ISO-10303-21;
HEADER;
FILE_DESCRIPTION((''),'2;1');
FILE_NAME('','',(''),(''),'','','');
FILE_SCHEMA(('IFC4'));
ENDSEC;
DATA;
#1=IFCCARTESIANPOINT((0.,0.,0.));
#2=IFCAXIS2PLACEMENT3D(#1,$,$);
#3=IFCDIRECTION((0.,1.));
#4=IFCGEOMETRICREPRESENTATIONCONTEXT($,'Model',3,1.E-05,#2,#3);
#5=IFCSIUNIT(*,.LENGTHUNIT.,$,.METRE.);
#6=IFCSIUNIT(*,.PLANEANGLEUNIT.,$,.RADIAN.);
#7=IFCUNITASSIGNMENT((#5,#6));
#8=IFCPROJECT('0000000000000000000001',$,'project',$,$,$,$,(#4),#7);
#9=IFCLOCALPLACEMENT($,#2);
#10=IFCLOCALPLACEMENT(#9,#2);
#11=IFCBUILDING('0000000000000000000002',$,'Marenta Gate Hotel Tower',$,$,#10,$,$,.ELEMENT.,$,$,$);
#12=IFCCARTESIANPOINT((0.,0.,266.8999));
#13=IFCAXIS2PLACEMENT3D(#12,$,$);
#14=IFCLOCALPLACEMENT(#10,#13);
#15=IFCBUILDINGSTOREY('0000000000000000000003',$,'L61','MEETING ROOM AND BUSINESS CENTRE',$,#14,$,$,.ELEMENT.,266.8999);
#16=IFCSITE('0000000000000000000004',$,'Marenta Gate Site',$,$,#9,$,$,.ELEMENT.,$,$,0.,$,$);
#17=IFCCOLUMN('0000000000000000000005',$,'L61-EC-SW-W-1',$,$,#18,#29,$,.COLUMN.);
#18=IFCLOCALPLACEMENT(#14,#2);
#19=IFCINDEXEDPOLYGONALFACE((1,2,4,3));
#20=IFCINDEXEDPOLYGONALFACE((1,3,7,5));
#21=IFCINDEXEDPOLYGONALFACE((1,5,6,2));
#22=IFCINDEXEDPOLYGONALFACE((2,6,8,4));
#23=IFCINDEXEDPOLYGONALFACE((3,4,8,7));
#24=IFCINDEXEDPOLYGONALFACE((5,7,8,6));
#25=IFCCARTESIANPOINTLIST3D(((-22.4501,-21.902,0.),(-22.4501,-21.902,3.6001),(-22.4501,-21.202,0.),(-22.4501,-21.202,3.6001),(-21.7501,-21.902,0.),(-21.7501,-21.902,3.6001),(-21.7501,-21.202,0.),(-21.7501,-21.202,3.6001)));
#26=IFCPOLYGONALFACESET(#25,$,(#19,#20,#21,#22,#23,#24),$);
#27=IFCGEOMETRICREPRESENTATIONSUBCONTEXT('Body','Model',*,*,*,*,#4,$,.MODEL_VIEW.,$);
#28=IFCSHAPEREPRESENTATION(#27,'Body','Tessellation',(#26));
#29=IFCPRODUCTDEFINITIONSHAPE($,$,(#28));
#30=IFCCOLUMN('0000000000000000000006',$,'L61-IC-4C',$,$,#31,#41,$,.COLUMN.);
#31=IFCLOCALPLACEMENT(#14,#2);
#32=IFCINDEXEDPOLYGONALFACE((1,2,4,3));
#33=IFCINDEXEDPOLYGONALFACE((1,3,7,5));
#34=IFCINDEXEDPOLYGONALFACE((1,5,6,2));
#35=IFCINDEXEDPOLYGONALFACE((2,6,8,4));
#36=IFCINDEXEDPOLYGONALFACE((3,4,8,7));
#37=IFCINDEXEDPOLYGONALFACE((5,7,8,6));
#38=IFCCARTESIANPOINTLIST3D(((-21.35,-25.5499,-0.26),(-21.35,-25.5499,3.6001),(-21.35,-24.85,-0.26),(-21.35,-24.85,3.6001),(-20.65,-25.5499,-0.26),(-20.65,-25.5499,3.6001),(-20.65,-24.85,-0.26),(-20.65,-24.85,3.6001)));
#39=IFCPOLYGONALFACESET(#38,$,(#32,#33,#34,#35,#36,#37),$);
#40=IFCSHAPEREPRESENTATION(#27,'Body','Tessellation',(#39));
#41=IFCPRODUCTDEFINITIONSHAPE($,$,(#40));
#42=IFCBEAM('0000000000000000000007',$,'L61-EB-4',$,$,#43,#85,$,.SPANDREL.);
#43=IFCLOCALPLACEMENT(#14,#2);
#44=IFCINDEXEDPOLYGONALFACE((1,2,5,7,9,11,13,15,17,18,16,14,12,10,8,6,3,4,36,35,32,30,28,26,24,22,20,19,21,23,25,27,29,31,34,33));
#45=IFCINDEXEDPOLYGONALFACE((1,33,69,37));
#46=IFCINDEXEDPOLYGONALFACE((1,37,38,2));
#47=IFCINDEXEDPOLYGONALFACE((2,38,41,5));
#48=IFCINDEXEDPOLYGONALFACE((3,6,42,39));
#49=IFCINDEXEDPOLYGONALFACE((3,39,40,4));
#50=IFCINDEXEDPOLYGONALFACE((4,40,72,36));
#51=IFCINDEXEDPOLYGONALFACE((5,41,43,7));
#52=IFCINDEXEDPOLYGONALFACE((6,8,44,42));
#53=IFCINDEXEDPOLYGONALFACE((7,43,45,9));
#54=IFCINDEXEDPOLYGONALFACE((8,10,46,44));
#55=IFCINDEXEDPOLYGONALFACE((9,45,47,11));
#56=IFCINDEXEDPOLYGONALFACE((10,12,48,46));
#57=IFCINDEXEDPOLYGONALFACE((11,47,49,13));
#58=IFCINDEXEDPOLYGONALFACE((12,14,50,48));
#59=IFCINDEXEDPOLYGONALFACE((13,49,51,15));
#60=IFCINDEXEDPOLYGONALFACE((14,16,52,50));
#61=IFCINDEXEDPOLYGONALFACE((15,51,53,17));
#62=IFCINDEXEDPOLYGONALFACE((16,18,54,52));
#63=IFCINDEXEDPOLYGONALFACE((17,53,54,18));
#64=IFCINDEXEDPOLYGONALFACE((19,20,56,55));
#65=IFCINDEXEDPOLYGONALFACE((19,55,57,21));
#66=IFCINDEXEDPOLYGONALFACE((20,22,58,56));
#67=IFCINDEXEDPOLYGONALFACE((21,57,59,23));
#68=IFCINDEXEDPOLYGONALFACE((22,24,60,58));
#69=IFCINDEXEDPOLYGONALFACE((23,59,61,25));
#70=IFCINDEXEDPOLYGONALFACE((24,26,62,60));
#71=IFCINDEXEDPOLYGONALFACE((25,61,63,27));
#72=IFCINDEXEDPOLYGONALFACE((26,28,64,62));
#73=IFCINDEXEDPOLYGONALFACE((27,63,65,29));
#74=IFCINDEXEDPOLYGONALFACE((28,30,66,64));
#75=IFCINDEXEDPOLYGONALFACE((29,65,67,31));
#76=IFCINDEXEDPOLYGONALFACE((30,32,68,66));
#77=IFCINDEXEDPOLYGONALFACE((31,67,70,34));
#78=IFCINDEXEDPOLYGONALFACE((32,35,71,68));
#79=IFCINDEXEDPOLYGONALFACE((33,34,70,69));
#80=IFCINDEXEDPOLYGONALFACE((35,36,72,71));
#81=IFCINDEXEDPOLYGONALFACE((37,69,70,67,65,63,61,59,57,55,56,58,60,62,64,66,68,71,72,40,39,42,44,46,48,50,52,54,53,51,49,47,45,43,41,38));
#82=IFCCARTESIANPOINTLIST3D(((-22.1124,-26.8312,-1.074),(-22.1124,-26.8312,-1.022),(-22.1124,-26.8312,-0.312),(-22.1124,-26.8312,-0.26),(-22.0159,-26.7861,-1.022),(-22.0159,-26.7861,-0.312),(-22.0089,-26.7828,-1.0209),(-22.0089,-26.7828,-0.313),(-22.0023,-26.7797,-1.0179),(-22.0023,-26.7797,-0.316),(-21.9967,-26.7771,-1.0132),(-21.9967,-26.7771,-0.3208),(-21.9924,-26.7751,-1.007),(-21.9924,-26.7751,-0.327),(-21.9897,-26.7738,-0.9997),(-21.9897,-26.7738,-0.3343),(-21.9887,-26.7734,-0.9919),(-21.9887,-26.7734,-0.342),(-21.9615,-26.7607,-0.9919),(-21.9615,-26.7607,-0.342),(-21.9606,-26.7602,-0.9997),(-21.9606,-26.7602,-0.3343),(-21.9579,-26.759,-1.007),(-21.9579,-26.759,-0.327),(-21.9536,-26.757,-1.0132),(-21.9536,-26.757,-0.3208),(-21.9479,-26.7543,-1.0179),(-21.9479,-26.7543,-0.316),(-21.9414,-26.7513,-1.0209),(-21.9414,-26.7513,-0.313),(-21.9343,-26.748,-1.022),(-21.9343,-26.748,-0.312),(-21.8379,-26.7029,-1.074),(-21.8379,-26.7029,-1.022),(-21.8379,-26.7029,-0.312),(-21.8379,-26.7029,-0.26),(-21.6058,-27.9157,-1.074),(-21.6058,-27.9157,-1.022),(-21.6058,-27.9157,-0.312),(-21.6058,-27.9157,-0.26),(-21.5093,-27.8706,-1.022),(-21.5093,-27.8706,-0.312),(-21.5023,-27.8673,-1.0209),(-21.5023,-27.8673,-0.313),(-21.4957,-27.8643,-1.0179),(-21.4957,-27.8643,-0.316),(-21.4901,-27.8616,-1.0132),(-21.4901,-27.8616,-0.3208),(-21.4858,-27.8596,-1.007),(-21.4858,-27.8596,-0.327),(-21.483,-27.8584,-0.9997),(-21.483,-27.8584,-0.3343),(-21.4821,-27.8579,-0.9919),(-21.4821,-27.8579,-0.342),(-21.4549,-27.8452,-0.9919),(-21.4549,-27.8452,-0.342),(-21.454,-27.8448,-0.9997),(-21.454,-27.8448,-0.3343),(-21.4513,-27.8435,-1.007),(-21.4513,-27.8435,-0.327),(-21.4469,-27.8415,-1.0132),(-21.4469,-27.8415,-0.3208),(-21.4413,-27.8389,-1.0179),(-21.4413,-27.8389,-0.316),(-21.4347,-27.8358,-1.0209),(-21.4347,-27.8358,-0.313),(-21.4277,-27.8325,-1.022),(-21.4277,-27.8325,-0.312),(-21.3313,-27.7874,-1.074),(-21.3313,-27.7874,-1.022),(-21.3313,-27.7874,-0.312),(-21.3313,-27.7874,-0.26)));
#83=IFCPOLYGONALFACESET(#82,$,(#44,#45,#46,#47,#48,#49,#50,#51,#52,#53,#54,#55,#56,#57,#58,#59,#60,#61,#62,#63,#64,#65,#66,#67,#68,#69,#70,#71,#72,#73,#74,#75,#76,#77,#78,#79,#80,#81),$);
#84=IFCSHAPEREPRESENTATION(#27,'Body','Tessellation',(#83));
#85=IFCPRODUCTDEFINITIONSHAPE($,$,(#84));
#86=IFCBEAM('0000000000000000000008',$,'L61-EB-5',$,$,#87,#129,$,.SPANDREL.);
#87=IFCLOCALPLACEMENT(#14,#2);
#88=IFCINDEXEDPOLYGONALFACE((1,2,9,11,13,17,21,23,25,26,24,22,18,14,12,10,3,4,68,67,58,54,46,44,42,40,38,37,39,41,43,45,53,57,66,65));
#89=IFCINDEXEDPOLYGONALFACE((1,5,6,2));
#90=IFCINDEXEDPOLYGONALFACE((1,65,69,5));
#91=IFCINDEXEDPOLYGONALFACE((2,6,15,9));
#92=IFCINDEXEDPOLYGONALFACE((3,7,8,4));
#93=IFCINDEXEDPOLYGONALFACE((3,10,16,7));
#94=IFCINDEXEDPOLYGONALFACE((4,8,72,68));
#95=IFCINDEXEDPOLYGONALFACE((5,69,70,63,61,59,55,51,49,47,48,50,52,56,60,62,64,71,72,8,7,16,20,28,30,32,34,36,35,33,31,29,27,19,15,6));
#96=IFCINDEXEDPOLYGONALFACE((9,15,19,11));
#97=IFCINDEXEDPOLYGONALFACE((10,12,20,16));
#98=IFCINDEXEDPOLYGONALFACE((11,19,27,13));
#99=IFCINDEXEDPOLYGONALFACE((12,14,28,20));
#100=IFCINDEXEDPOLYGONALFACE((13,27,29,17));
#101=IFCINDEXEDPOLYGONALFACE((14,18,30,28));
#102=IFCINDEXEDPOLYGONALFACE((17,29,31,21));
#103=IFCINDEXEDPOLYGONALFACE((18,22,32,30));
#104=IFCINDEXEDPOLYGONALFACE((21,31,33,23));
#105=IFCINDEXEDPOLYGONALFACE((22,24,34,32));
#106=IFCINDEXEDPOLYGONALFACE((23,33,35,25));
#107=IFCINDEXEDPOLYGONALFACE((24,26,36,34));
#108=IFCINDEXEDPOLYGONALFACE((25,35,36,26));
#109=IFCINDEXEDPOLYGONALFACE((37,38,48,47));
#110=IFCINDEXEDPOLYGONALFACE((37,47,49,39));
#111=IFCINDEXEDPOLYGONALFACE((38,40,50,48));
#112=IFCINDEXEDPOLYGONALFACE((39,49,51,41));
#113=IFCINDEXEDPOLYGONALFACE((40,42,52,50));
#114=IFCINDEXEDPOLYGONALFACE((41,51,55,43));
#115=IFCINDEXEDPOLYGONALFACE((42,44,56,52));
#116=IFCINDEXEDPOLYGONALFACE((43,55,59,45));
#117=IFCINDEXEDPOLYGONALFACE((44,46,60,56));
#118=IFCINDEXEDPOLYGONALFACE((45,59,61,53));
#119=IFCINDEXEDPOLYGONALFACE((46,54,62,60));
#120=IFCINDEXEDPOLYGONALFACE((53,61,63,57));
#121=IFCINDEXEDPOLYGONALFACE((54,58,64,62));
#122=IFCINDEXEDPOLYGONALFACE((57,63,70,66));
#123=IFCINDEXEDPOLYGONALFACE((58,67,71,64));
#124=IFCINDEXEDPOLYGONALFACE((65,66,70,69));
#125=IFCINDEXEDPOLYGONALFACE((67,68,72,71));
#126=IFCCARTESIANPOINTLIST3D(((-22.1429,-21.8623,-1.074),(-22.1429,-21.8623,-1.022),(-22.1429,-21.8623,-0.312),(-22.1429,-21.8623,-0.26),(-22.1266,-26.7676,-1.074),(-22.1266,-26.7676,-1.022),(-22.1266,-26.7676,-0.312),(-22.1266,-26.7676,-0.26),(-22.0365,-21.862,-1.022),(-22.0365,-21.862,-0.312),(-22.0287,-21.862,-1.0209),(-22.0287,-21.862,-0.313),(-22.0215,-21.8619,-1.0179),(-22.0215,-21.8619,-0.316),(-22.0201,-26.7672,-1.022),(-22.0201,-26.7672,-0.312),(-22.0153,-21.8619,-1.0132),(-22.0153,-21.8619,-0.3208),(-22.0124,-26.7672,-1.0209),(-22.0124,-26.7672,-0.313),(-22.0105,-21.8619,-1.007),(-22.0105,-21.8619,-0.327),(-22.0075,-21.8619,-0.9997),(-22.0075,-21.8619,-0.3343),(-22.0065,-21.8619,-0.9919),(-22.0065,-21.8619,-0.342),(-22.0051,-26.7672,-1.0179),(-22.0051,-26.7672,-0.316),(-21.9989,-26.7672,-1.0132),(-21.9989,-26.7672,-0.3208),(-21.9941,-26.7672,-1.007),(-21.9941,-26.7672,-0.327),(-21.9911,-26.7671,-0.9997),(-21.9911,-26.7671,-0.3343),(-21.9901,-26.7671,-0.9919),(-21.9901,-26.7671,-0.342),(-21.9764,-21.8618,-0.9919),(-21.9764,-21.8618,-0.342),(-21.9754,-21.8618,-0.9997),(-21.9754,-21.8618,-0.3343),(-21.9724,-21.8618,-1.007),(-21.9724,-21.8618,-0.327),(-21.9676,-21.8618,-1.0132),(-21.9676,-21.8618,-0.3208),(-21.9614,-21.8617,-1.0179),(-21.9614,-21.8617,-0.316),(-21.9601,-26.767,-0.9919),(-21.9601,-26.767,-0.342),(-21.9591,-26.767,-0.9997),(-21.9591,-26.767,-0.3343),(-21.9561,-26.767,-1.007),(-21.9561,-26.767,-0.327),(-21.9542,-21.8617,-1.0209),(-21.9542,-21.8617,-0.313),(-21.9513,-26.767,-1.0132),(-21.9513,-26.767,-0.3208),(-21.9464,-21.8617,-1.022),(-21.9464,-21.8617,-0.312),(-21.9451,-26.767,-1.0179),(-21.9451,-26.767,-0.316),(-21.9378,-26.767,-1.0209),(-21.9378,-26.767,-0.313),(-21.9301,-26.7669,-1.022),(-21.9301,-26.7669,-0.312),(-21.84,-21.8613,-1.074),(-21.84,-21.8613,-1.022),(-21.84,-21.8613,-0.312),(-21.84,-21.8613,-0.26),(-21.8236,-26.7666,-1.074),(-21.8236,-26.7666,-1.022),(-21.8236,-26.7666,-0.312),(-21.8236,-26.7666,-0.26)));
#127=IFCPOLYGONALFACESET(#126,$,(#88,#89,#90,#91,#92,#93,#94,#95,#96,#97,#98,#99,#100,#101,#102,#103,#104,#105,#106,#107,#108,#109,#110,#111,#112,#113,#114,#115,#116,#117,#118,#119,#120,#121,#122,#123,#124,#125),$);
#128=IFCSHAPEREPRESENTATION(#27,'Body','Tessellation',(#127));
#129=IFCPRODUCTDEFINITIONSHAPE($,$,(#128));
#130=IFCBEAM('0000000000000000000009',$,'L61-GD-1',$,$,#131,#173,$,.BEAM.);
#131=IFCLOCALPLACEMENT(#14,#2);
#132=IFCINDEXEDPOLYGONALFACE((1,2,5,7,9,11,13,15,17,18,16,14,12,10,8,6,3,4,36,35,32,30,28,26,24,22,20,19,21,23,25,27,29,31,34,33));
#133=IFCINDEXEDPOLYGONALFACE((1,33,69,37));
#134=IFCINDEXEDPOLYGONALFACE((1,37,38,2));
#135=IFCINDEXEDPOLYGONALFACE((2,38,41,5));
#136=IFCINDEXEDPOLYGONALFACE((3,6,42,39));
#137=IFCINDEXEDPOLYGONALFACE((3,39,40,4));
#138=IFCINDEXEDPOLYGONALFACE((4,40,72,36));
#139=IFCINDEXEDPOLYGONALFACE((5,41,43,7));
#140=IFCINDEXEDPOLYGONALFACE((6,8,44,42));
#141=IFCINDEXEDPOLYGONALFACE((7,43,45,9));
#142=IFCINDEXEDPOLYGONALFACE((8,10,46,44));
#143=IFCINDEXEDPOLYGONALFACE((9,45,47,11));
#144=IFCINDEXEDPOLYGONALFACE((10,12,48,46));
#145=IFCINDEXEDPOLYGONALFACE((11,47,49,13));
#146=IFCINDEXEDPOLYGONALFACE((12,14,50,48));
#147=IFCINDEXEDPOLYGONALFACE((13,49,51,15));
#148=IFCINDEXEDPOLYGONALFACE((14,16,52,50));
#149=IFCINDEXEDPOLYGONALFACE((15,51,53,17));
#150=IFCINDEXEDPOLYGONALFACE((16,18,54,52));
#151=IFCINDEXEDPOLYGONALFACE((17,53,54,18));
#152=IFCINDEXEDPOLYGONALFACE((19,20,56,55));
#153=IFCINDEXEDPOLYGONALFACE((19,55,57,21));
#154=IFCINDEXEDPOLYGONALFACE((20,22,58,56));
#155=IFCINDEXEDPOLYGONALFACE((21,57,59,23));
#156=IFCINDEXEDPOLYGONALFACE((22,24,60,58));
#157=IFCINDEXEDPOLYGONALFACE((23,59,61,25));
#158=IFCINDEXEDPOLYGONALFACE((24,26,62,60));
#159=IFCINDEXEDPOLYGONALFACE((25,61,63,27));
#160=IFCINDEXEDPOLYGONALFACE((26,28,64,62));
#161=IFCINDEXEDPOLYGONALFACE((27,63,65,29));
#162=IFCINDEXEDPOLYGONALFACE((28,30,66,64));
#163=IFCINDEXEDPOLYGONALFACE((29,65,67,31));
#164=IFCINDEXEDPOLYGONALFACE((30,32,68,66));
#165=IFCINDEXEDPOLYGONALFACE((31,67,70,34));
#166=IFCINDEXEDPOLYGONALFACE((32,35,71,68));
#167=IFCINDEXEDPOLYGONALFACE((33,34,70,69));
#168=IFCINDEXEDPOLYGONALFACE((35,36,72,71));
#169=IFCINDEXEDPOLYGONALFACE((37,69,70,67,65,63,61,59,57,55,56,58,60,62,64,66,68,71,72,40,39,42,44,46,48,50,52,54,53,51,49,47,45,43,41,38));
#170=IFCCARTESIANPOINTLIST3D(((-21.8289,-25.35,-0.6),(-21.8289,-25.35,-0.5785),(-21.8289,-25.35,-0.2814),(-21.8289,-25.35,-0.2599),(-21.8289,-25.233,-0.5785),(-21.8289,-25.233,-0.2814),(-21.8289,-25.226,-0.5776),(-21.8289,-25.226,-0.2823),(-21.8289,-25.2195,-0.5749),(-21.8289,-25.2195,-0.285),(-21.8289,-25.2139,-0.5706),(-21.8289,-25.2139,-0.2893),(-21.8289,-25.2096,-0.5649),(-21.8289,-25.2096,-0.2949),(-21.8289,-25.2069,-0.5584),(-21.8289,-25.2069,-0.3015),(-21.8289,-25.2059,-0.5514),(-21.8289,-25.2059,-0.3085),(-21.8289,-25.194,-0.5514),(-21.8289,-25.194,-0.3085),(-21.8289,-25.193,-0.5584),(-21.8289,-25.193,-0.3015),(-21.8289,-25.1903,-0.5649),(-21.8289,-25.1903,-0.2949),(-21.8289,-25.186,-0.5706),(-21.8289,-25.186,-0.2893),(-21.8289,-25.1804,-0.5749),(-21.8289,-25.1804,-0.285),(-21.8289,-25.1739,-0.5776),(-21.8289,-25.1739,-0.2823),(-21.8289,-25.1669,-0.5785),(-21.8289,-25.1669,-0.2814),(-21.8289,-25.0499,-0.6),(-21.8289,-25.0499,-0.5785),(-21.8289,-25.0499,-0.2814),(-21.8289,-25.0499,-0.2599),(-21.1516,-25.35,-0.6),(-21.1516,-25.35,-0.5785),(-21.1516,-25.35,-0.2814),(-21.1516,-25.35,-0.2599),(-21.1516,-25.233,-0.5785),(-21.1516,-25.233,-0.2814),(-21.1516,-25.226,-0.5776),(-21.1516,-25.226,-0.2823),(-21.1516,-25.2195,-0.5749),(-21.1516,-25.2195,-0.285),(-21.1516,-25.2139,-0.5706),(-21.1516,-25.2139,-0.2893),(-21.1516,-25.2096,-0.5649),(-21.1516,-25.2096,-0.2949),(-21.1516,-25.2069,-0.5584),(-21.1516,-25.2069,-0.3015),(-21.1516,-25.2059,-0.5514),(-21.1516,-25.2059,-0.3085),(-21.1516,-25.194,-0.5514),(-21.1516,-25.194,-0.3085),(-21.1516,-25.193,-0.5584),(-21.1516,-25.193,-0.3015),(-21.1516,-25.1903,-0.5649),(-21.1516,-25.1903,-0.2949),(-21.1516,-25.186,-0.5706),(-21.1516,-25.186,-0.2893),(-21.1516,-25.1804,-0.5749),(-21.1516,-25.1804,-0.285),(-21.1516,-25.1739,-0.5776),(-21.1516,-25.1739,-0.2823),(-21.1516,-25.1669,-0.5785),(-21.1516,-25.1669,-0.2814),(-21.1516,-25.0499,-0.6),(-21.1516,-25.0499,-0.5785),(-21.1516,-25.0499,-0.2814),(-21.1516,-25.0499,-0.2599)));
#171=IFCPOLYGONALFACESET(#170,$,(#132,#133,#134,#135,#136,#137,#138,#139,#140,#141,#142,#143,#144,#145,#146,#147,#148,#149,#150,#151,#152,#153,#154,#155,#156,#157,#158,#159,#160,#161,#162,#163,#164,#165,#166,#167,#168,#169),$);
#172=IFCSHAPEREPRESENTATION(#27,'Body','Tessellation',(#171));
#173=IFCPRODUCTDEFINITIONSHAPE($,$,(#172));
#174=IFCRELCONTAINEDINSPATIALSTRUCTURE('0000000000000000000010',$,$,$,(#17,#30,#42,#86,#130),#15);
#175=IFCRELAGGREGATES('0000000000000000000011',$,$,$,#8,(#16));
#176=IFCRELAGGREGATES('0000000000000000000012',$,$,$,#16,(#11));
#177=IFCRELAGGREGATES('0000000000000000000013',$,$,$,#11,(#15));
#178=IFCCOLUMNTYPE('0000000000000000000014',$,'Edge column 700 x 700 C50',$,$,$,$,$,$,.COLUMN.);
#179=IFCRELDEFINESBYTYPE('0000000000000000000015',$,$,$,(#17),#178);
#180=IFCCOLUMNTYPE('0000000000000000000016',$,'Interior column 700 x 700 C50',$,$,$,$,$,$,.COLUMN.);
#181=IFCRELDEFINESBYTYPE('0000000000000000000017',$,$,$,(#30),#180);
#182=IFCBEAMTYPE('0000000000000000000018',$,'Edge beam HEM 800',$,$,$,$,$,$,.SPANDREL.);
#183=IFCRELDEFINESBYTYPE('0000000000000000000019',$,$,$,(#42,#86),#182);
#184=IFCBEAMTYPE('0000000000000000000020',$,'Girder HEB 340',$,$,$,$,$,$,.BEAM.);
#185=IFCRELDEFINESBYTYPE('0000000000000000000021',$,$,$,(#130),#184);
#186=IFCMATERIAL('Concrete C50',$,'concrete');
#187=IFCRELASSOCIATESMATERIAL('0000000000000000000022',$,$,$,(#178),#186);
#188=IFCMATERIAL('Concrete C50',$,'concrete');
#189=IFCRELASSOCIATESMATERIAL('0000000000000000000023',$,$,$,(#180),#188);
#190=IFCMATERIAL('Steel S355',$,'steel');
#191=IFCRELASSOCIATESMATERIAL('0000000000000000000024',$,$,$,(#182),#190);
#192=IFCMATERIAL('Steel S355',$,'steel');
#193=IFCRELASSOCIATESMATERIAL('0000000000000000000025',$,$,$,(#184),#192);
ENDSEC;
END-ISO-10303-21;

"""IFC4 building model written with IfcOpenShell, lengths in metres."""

from ifc_helpers import new_model, si_unit, direction, frame, origin, origin_2d, place, context, subcontext, project, spatial, rectangle, i_section, extrude, material, material_profile, profile_set, type_object, element, save


model = new_model("IFC4")

# Units and contexts
model_context = context("Model", 3, precision=1e-05, world=origin(), true_north=direction((0.0, 1.0)))
body_context = subcontext(model_context, "Body", "Model", "MODEL_VIEW")
ifc_project = project(units=[si_unit("LENGTHUNIT", "METRE"), si_unit("PLANEANGLEUNIT", "RADIAN")], contexts=[model_context])

# Site, building, storey
site_placement = place(None, origin())
site = spatial("IfcSite", under=ifc_project, at=site_placement, Name="Marenta Gate Site", CompositionType="ELEMENT", RefElevation=0.0)
building_placement = place(site_placement, origin())
building = spatial("IfcBuilding", under=site, at=building_placement, Name="Marenta Gate Hotel Tower", CompositionType="ELEMENT")
storey_placement = place(building_placement, frame((0.0, 0.0, 266.8999)))
storey = spatial("IfcBuildingStorey", under=building, at=storey_placement, Name="L61", Description="MEETING ROOM AND BUSINESS CENTRE", CompositionType="ELEMENT", Elevation=266.8999)

# Columns
ifc_material_1 = material(Name="Concrete C50", Category="concrete")
ifc_material_profile_1 = material_profile(ifc_material_1, rectangle(XDim=0.7, YDim=0.7, at=origin_2d()), Name="700 x 700")
ifc_profile_set_1 = profile_set([ifc_material_profile_1], Name="Concrete C50")
column_type_1 = type_object("IfcColumnType", Name="Edge column 700 x 700 C50", PredefinedType="COLUMN", material=ifc_profile_set_1)
column_1_placement = place(storey_placement, frame((-22.1001, -21.552, 0.0), z_axis=(0.0, 0.0, 1.0), x_axis=(1.0, 0.0, 0.0)))
element("IfcColumn", 1, at=column_1_placement, inside=storey, type_object=column_type_1, Name="L61-EC-SW-W-1", PredefinedType="COLUMN", context=body_context, shape_type="SweptSolid", body=[
    extrude(rectangle(XDim=0.7, YDim=0.7, at=origin_2d()), origin(), (0.0, 0.0, 1.0), 3.6001),
])
ifc_material_2 = material(Name="Concrete C50", Category="concrete")
ifc_material_profile_2 = material_profile(ifc_material_2, rectangle(XDim=0.7, YDim=0.7, at=origin_2d()), Name="700 x 700")
ifc_profile_set_2 = profile_set([ifc_material_profile_2], Name="Concrete C50")
column_type_2 = type_object("IfcColumnType", Name="Interior column 700 x 700 C50", PredefinedType="COLUMN", material=ifc_profile_set_2)
column_2_placement = place(storey_placement, frame((-21.0, -25.2, -0.26), z_axis=(0.0, 0.0, 1.0), x_axis=(1.0, 0.0, 0.0)))
element("IfcColumn", 2, at=column_2_placement, inside=storey, type_object=column_type_2, Name="L61-IC-4C", PredefinedType="COLUMN", context=body_context, shape_type="SweptSolid", body=[
    extrude(rectangle(XDim=0.7, YDim=0.7, at=origin_2d()), origin(), (0.0, 0.0, 1.0), 3.8601),
])

# Beams
ifc_material_3 = material(Name="Steel S355", Category="steel")
ifc_material_profile_3 = material_profile(ifc_material_3, i_section(OverallWidth=0.303, OverallDepth=0.814, WebThickness=0.03, FlangeThickness=0.052, FilletRadius=0.03, at=origin_2d()), Name="HEM 800")
ifc_profile_set_3 = profile_set([ifc_material_profile_3], Name="Steel S355")
beam_type_1 = type_object("IfcBeamType", Name="Edge beam HEM 800", PredefinedType="SPANDREL", material=ifc_profile_set_3)
beam_1_placement = place(storey_placement, frame((-21.4685, -27.8516, -0.667), z_axis=(-0.423232, 0.906022, 0.0), x_axis=(-0.906022, -0.423232, 0.0)))
element("IfcBeam", 3, at=beam_1_placement, inside=storey, type_object=beam_type_1, Name="L61-EB-4", PredefinedType="SPANDREL", context=body_context, shape_type="SweptSolid", body=[
    extrude(i_section(OverallWidth=0.303, OverallDepth=0.814, WebThickness=0.03, FlangeThickness=0.052, FilletRadius=0.03, at=origin_2d()), origin(), (0.0, 0.0, 1.0), 1.197),
])
beam_2_placement = place(storey_placement, frame((-21.9751, -26.7671, -0.667), z_axis=(-0.003335, 0.999994, 0.0), x_axis=(-0.999994, -0.003335, 0.0)))
element("IfcBeam", 4, at=beam_2_placement, inside=storey, type_object=beam_type_1, Name="L61-EB-5", PredefinedType="SPANDREL", context=body_context, shape_type="SweptSolid", body=[
    extrude(i_section(OverallWidth=0.303, OverallDepth=0.814, WebThickness=0.03, FlangeThickness=0.052, FilletRadius=0.03, at=origin_2d()), origin(), (0.0, 0.0, 1.0), 4.9053),
])
ifc_material_4 = material(Name="Steel S355", Category="steel")
ifc_material_profile_4 = material_profile(ifc_material_4, i_section(OverallWidth=0.3, OverallDepth=0.3401, WebThickness=0.012, FlangeThickness=0.0215, FilletRadius=0.0271, at=origin_2d()), Name="HEB 340")
ifc_profile_set_4 = profile_set([ifc_material_profile_4], Name="Steel S355")
beam_type_2 = type_object("IfcBeamType", Name="Girder HEB 340", PredefinedType="BEAM", material=ifc_profile_set_4)
beam_3_placement = place(storey_placement, frame((-21.8289, -25.2, -0.4299), z_axis=(1.0, 0.0, 0.0), x_axis=(0.0, 1.0, 0.0)))
element("IfcBeam", 5, at=beam_3_placement, inside=storey, type_object=beam_type_2, Name="L61-GD-1", PredefinedType="BEAM", context=body_context, shape_type="SweptSolid", body=[
    extrude(i_section(OverallWidth=0.3, OverallDepth=0.3401, WebThickness=0.012, FlangeThickness=0.0215, FilletRadius=0.0271, at=origin_2d()), origin(), (0.0, 0.0, 1.0), 0.6772),
])

save(model, "model.ifc")
